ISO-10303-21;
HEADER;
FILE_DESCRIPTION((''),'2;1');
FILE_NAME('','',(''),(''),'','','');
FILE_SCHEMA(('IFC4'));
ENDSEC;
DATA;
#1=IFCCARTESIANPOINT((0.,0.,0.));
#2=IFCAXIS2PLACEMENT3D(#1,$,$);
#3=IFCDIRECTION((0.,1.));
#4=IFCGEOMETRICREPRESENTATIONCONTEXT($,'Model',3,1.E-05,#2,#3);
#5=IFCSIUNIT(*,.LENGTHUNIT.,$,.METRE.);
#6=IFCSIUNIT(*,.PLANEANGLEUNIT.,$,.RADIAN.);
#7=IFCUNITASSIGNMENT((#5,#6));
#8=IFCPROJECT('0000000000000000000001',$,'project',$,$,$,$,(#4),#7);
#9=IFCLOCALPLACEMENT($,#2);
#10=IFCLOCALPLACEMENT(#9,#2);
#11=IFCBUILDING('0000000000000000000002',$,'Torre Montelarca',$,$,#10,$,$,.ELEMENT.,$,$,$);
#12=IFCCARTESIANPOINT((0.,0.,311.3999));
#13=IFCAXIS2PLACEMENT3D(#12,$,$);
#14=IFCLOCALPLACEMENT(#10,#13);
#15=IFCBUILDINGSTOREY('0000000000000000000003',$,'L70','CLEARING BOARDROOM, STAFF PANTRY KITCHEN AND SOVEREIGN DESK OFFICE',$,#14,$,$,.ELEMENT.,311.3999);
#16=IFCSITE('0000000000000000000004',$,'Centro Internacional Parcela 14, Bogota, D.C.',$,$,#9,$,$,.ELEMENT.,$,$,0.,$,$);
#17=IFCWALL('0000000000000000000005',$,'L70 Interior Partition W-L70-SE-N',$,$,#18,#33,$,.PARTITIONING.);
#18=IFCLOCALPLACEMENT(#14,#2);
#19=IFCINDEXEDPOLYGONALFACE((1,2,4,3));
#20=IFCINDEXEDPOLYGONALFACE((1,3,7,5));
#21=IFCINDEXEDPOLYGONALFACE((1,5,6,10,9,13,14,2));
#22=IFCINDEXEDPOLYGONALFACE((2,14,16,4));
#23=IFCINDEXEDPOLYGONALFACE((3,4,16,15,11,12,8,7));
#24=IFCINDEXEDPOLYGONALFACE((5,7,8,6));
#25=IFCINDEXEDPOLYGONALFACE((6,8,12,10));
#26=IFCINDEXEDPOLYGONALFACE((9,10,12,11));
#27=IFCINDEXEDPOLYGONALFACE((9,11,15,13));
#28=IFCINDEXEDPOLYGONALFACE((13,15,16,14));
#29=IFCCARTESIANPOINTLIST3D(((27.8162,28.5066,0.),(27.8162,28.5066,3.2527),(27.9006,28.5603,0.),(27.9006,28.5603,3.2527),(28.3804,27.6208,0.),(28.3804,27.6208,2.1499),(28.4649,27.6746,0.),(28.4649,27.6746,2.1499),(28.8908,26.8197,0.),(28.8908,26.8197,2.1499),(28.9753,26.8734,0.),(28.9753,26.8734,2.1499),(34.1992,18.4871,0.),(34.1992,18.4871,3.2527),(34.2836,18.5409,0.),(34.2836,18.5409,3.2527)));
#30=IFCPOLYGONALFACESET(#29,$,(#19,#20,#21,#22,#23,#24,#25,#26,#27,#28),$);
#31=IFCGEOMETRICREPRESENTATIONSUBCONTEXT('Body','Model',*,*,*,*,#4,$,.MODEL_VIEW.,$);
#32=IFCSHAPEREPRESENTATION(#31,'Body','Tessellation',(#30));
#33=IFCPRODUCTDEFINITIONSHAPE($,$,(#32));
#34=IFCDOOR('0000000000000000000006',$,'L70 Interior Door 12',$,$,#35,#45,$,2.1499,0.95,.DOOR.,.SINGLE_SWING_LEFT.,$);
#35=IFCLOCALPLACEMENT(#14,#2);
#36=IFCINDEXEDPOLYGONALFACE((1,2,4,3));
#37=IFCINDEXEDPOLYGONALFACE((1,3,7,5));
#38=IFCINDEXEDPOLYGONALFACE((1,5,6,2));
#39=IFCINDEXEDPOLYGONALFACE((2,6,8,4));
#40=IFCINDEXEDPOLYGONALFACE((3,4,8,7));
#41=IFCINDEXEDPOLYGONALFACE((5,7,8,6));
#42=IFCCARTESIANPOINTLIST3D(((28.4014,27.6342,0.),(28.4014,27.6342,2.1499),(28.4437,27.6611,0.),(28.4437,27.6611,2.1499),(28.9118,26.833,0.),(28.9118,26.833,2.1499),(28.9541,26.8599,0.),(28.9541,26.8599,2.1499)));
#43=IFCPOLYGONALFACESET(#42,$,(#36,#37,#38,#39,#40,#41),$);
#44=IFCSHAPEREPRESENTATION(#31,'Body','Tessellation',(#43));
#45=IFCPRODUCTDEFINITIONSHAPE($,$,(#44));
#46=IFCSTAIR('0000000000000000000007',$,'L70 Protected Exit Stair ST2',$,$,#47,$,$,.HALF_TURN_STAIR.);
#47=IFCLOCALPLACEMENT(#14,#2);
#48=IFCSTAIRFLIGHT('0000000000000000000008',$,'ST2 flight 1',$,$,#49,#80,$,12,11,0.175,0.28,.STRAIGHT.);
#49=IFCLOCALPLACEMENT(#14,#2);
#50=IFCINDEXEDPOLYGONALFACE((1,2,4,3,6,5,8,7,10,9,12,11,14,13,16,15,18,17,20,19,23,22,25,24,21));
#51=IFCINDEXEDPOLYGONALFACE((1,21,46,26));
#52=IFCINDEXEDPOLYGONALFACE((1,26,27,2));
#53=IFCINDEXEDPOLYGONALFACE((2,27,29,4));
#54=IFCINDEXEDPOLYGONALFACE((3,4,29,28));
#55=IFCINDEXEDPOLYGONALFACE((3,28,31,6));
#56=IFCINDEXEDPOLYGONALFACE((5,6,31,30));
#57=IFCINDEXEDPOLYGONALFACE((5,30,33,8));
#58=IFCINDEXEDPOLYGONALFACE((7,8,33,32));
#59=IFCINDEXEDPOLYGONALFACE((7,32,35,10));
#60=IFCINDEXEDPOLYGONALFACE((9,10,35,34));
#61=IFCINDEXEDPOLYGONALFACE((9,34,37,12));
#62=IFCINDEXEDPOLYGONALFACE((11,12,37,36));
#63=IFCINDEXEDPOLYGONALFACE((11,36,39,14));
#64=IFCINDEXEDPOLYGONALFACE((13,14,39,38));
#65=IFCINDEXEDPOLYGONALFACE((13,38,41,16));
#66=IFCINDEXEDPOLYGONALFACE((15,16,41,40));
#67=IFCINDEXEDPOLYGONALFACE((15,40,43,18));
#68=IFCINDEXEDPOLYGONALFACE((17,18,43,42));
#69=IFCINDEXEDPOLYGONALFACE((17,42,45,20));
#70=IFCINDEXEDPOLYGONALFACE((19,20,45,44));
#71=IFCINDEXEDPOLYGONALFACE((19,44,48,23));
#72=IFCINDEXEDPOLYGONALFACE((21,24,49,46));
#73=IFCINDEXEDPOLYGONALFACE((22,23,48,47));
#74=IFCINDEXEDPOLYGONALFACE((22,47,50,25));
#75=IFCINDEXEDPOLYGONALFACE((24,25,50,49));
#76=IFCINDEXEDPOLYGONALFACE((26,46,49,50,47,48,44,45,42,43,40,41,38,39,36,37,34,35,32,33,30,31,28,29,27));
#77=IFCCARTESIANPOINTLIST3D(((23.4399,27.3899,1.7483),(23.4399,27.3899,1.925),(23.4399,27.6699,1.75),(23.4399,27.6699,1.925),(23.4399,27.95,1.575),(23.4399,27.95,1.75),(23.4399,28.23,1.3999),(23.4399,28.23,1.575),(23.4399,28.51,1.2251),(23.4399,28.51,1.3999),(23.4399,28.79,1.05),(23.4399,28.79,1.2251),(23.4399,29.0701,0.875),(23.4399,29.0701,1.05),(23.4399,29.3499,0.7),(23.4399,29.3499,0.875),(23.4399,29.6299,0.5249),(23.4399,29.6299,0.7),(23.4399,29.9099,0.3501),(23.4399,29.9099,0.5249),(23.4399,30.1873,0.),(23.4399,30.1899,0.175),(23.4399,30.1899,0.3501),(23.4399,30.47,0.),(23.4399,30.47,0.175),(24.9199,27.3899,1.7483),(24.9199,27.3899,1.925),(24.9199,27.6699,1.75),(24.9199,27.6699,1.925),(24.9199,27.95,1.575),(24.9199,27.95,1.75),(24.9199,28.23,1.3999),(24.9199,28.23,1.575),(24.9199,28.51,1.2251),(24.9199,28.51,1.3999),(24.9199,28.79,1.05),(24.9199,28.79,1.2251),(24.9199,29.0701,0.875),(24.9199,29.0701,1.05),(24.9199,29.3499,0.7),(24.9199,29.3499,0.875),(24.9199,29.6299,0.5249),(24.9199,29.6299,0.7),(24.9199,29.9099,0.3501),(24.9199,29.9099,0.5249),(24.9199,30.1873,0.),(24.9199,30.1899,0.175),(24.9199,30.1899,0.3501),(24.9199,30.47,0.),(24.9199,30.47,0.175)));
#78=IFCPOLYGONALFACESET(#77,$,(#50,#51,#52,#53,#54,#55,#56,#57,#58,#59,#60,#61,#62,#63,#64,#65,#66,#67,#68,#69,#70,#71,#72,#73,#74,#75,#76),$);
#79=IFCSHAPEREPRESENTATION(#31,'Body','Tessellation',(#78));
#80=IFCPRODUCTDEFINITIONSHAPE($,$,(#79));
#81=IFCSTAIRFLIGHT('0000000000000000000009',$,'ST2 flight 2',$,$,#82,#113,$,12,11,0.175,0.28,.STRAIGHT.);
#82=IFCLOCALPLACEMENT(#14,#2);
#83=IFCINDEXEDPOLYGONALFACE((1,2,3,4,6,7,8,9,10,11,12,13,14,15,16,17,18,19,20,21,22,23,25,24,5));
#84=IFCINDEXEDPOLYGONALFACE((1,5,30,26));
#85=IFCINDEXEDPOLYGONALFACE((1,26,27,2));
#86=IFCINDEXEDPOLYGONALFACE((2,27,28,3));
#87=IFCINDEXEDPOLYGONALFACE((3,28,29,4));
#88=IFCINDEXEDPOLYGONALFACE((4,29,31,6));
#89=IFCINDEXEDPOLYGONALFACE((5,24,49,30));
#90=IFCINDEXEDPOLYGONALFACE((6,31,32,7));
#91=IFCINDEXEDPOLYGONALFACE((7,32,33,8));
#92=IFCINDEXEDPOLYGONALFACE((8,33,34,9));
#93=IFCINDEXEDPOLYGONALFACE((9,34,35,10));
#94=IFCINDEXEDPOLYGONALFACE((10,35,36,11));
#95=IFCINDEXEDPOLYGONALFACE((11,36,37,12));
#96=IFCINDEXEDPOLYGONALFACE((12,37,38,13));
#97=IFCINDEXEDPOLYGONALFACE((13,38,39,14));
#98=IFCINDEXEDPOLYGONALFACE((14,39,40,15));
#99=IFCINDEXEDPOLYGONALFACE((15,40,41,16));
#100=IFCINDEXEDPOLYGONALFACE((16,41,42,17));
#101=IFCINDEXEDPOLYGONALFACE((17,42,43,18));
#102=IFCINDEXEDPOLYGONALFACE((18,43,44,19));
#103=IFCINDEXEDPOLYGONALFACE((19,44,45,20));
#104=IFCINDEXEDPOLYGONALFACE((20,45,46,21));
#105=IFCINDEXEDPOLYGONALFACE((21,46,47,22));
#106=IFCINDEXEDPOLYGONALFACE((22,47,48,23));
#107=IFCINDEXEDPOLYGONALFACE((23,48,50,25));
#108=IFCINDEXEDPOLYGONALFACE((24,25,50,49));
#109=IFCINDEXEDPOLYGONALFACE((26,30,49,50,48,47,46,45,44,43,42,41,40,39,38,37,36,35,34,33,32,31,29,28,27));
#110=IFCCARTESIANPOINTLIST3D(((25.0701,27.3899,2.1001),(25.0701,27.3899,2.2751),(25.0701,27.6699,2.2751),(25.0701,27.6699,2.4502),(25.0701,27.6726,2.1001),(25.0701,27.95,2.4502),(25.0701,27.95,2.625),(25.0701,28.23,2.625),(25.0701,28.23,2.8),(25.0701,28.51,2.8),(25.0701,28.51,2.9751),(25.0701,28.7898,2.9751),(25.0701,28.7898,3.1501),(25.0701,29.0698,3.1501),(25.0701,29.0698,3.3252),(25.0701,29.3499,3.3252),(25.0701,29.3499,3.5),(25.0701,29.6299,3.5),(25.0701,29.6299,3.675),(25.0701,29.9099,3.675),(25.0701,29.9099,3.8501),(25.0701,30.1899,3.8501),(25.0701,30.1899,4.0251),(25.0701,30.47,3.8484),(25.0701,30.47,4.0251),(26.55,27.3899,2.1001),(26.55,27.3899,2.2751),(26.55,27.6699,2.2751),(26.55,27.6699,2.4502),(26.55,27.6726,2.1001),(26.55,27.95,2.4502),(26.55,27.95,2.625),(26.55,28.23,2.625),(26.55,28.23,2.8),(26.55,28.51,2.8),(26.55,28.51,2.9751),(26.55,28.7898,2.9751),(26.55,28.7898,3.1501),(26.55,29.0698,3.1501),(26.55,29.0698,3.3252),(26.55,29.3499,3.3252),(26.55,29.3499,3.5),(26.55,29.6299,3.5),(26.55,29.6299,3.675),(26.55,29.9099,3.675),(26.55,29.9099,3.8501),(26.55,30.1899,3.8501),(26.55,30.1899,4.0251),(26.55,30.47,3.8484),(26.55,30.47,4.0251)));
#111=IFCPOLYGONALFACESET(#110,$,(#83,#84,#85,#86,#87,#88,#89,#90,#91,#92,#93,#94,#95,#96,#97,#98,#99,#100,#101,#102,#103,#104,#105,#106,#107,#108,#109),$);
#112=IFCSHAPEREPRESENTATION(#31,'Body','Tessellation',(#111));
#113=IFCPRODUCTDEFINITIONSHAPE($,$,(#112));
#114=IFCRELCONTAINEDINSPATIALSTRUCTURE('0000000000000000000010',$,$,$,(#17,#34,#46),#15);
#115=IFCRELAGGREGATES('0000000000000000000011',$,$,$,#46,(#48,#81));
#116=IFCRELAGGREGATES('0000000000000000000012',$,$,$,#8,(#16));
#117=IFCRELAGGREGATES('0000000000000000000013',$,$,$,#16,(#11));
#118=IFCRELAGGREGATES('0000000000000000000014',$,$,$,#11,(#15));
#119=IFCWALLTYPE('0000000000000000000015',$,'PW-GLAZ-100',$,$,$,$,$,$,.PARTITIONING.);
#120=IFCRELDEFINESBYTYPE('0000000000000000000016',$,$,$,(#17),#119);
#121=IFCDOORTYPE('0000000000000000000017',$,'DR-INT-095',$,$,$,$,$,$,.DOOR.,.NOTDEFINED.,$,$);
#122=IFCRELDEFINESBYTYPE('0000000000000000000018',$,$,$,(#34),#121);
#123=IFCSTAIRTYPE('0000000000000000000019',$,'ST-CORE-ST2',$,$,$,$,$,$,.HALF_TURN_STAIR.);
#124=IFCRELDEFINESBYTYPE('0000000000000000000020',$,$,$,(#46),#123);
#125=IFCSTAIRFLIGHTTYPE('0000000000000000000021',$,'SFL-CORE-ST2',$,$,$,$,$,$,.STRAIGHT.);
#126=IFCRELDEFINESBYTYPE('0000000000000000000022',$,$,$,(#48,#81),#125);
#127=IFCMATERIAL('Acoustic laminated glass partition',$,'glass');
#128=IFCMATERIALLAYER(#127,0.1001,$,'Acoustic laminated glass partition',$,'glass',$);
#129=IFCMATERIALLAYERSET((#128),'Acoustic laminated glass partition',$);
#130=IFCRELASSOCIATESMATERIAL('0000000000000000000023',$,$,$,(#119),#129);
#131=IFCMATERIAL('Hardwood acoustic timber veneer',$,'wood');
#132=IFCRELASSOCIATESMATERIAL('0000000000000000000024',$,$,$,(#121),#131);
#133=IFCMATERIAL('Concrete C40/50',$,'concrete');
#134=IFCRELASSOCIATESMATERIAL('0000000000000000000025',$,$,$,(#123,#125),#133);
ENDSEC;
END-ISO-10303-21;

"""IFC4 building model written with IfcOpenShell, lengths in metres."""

from ifc_helpers import new_model, si_unit, direction, frame, frame_2d, origin, place, context, subcontext, project, spatial, polyline, rectangle, outline, extrude, source, transform, mapped, material, layer, layer_set, type_object, element, fill, aggregate, save


model = new_model("IFC4")

# Units and contexts
model_context = context("Model", 3, precision=1e-05, world=origin(), true_north=direction((0.0, 1.0)))
body_context = subcontext(model_context, "Body", "Model", "MODEL_VIEW")
ifc_project = project(units=[si_unit("LENGTHUNIT", "METRE"), si_unit("PLANEANGLEUNIT", "RADIAN")], contexts=[model_context])

# Site, building, storey
site_placement = place(None, origin())
site = spatial("IfcSite", under=ifc_project, at=site_placement, Name="Centro Internacional Parcela 14, Bogota, D.C.", CompositionType="ELEMENT", RefElevation=0.0)
building_placement = place(site_placement, origin())
building = spatial("IfcBuilding", under=site, at=building_placement, Name="Torre Montelarca", CompositionType="ELEMENT")
storey_placement = place(building_placement, frame((0.0, 0.0, 311.3999)))
storey = spatial("IfcBuildingStorey", under=building, at=storey_placement, Name="L70", Description="CLEARING BOARDROOM, STAFF PANTRY KITCHEN AND SOVEREIGN DESK OFFICE", CompositionType="ELEMENT", Elevation=311.3999)

# Shared definitions
ifc_material_1 = material(Name="Concrete C40/50", Category="concrete")

# Wall, opening, door
ifc_material_2 = material(Name="Acoustic laminated glass partition", Category="glass")
ifc_layer_1 = layer(ifc_material_2, 0.1001, Name="Acoustic laminated glass partition", Category="glass")
ifc_layer_set_1 = layer_set([ifc_layer_1], Name="Acoustic laminated glass partition")
wall_type_1 = type_object("IfcWallType", Name="PW-GLAZ-100", PredefinedType="PARTITIONING", material=ifc_layer_set_1)
wall_1_placement = place(storey_placement, frame((27.8584, 28.5334, 0.0), z_axis=(0.0, 0.0, 1.0), x_axis=(0.537294, -0.843395, 0.0)))
wall_1 = element("IfcWall", 1, at=wall_1_placement, inside=storey, type_object=wall_type_1, Name="L70 Interior Partition W-L70-SE-N", PredefinedType="PARTITIONING", context=body_context, shape_type="SweptSolid", body=[
    extrude(rectangle(XDim=11.8799, YDim=0.1001, at=frame_2d((5.9399, 0.0))), origin(), (0.0, 0.0, 1.0), 3.2527),
])
opening_1_placement = place(wall_1_placement, frame((1.05, 0.0, 0.0)))
opening_1 = element("IfcOpeningElement", 2, at=opening_1_placement, cuts=wall_1, PredefinedType="OPENING", context=body_context, shape_type="SweptSolid", body=[
    extrude(rectangle(XDim=0.95, YDim=2.1499, at=frame_2d((0.4751, 1.075))), frame((0.0, 0.0601, 0.0), z_axis=(0.0, -1.0, 0.0), x_axis=(1.0, 0.0, 0.0)), (0.0, 0.0, 1.0), 0.1201),
])
ifc_material_3 = material(Name="Hardwood acoustic timber veneer", Category="wood")
door_type_1 = type_object("IfcDoorType", Name="DR-INT-095", OperationType="NOTDEFINED", PredefinedType="DOOR", material=ifc_material_3)
shared_shape_1 = source(origin(), body_context, "Body", "SweptSolid", [
    extrude(rectangle(XDim=0.95, YDim=2.1499, at=frame_2d((0.4751, 1.075))), frame((0.0, 0.0249, 0.0), z_axis=(0.0, -1.0, 0.0), x_axis=(1.0, 0.0, 0.0)), (0.0, 0.0, 1.0), 0.05),
])
door_1_placement = place(opening_1_placement, origin())
door_1 = element("IfcDoor", 3, at=door_1_placement, inside=storey, type_object=door_type_1, Name="L70 Interior Door 12", OperationType="SINGLE_SWING_LEFT", OverallHeight=2.1499, OverallWidth=0.95, PredefinedType="DOOR", context=body_context, shape_type="MappedRepresentation", body=[
    mapped(shared_shape_1, transform((0.0, 0.0, 0.0), scale=1.0)),
])
fill(opening_1, door_1)

# Stair, stair flights
stair_type = type_object("IfcStairType", Name="ST-CORE-ST2", PredefinedType="HALF_TURN_STAIR", material=ifc_material_1)
stair_placement = place(storey_placement, origin())
stair = element("IfcStair", 4, at=stair_placement, inside=storey, type_object=stair_type, Name="L70 Protected Exit Stair ST2", PredefinedType="HALF_TURN_STAIR")
stair_flight_type = type_object("IfcStairFlightType", Name="SFL-CORE-ST2", PredefinedType="STRAIGHT", material=ifc_material_1)
stair_flight_1_placement = place(storey_placement, frame((24.1799, 30.47, 0.0), z_axis=(0.0, 0.0, 1.0), x_axis=(0.0, -1.0, 0.0)))
stair_flight_1 = element("IfcStairFlight", 5, at=stair_flight_1_placement, type_object=stair_flight_type, Name="ST2 flight 1", NumberOfRisers=12, NumberOfTreads=11, PredefinedType="STRAIGHT", RiserHeight=0.175, TreadLength=0.28, context=body_context, shape_type="SweptSolid", body=[
    extrude(outline(polyline([(0.0, 0.0), (0.0, 0.175), (0.28, 0.175), (0.28, 0.3501), (0.5601, 0.3501), (0.5601, 0.5249), (0.8401, 0.5249), (0.8401, 0.7), (1.1201, 0.7), (1.1201, 0.875), (1.3999, 0.875), (1.3999, 1.05), (1.6799, 1.05), (1.6799, 1.2251), (1.96, 1.2251), (1.96, 1.3999), (2.24, 1.3999), (2.24, 1.575), (2.52, 1.575), (2.52, 1.75), (2.8, 1.75), (2.8, 1.925), (3.0801, 1.925), (3.0801, 2.1001), (3.0801, 1.7483), (0.2827, 0.0), (0.0, 0.0)])), frame((0.0, 0.74, 0.0), z_axis=(0.0, -1.0, 0.0), x_axis=(1.0, 0.0, 0.0)), (0.0, 0.0, 1.0), 1.48),
])
stair_flight_2_placement = place(storey_placement, frame((25.8101, 27.3899, 2.1001), z_axis=(0.0, 0.0, 1.0), x_axis=(0.0, 1.0, 0.0)))
stair_flight_2 = element("IfcStairFlight", 6, at=stair_flight_2_placement, type_object=stair_flight_type, Name="ST2 flight 2", NumberOfRisers=12, NumberOfTreads=11, PredefinedType="STRAIGHT", RiserHeight=0.175, TreadLength=0.28, context=body_context, shape_type="SweptSolid", body=[
    extrude(outline(polyline([(0.0, 0.0), (0.0, 0.175), (0.28, 0.175), (0.28, 0.3501), (0.5601, 0.3501), (0.5601, 0.5249), (0.8401, 0.5249), (0.8401, 0.7), (1.1201, 0.7), (1.1201, 0.875), (1.3999, 0.875), (1.3999, 1.05), (1.6799, 1.05), (1.6799, 1.2251), (1.96, 1.2251), (1.96, 1.3999), (2.24, 1.3999), (2.24, 1.575), (2.52, 1.575), (2.52, 1.75), (2.8, 1.75), (2.8, 1.925), (3.0801, 1.925), (3.0801, 2.1001), (3.0801, 1.7483), (0.2827, 0.0), (0.0, 0.0)])), frame((0.0, 0.74, 0.0), z_axis=(0.0, -1.0, 0.0), x_axis=(1.0, 0.0, 0.0)), (0.0, 0.0, 1.0), 1.48),
])
aggregate(stair, [stair_flight_1, stair_flight_2])

save(model, "model.ifc")
